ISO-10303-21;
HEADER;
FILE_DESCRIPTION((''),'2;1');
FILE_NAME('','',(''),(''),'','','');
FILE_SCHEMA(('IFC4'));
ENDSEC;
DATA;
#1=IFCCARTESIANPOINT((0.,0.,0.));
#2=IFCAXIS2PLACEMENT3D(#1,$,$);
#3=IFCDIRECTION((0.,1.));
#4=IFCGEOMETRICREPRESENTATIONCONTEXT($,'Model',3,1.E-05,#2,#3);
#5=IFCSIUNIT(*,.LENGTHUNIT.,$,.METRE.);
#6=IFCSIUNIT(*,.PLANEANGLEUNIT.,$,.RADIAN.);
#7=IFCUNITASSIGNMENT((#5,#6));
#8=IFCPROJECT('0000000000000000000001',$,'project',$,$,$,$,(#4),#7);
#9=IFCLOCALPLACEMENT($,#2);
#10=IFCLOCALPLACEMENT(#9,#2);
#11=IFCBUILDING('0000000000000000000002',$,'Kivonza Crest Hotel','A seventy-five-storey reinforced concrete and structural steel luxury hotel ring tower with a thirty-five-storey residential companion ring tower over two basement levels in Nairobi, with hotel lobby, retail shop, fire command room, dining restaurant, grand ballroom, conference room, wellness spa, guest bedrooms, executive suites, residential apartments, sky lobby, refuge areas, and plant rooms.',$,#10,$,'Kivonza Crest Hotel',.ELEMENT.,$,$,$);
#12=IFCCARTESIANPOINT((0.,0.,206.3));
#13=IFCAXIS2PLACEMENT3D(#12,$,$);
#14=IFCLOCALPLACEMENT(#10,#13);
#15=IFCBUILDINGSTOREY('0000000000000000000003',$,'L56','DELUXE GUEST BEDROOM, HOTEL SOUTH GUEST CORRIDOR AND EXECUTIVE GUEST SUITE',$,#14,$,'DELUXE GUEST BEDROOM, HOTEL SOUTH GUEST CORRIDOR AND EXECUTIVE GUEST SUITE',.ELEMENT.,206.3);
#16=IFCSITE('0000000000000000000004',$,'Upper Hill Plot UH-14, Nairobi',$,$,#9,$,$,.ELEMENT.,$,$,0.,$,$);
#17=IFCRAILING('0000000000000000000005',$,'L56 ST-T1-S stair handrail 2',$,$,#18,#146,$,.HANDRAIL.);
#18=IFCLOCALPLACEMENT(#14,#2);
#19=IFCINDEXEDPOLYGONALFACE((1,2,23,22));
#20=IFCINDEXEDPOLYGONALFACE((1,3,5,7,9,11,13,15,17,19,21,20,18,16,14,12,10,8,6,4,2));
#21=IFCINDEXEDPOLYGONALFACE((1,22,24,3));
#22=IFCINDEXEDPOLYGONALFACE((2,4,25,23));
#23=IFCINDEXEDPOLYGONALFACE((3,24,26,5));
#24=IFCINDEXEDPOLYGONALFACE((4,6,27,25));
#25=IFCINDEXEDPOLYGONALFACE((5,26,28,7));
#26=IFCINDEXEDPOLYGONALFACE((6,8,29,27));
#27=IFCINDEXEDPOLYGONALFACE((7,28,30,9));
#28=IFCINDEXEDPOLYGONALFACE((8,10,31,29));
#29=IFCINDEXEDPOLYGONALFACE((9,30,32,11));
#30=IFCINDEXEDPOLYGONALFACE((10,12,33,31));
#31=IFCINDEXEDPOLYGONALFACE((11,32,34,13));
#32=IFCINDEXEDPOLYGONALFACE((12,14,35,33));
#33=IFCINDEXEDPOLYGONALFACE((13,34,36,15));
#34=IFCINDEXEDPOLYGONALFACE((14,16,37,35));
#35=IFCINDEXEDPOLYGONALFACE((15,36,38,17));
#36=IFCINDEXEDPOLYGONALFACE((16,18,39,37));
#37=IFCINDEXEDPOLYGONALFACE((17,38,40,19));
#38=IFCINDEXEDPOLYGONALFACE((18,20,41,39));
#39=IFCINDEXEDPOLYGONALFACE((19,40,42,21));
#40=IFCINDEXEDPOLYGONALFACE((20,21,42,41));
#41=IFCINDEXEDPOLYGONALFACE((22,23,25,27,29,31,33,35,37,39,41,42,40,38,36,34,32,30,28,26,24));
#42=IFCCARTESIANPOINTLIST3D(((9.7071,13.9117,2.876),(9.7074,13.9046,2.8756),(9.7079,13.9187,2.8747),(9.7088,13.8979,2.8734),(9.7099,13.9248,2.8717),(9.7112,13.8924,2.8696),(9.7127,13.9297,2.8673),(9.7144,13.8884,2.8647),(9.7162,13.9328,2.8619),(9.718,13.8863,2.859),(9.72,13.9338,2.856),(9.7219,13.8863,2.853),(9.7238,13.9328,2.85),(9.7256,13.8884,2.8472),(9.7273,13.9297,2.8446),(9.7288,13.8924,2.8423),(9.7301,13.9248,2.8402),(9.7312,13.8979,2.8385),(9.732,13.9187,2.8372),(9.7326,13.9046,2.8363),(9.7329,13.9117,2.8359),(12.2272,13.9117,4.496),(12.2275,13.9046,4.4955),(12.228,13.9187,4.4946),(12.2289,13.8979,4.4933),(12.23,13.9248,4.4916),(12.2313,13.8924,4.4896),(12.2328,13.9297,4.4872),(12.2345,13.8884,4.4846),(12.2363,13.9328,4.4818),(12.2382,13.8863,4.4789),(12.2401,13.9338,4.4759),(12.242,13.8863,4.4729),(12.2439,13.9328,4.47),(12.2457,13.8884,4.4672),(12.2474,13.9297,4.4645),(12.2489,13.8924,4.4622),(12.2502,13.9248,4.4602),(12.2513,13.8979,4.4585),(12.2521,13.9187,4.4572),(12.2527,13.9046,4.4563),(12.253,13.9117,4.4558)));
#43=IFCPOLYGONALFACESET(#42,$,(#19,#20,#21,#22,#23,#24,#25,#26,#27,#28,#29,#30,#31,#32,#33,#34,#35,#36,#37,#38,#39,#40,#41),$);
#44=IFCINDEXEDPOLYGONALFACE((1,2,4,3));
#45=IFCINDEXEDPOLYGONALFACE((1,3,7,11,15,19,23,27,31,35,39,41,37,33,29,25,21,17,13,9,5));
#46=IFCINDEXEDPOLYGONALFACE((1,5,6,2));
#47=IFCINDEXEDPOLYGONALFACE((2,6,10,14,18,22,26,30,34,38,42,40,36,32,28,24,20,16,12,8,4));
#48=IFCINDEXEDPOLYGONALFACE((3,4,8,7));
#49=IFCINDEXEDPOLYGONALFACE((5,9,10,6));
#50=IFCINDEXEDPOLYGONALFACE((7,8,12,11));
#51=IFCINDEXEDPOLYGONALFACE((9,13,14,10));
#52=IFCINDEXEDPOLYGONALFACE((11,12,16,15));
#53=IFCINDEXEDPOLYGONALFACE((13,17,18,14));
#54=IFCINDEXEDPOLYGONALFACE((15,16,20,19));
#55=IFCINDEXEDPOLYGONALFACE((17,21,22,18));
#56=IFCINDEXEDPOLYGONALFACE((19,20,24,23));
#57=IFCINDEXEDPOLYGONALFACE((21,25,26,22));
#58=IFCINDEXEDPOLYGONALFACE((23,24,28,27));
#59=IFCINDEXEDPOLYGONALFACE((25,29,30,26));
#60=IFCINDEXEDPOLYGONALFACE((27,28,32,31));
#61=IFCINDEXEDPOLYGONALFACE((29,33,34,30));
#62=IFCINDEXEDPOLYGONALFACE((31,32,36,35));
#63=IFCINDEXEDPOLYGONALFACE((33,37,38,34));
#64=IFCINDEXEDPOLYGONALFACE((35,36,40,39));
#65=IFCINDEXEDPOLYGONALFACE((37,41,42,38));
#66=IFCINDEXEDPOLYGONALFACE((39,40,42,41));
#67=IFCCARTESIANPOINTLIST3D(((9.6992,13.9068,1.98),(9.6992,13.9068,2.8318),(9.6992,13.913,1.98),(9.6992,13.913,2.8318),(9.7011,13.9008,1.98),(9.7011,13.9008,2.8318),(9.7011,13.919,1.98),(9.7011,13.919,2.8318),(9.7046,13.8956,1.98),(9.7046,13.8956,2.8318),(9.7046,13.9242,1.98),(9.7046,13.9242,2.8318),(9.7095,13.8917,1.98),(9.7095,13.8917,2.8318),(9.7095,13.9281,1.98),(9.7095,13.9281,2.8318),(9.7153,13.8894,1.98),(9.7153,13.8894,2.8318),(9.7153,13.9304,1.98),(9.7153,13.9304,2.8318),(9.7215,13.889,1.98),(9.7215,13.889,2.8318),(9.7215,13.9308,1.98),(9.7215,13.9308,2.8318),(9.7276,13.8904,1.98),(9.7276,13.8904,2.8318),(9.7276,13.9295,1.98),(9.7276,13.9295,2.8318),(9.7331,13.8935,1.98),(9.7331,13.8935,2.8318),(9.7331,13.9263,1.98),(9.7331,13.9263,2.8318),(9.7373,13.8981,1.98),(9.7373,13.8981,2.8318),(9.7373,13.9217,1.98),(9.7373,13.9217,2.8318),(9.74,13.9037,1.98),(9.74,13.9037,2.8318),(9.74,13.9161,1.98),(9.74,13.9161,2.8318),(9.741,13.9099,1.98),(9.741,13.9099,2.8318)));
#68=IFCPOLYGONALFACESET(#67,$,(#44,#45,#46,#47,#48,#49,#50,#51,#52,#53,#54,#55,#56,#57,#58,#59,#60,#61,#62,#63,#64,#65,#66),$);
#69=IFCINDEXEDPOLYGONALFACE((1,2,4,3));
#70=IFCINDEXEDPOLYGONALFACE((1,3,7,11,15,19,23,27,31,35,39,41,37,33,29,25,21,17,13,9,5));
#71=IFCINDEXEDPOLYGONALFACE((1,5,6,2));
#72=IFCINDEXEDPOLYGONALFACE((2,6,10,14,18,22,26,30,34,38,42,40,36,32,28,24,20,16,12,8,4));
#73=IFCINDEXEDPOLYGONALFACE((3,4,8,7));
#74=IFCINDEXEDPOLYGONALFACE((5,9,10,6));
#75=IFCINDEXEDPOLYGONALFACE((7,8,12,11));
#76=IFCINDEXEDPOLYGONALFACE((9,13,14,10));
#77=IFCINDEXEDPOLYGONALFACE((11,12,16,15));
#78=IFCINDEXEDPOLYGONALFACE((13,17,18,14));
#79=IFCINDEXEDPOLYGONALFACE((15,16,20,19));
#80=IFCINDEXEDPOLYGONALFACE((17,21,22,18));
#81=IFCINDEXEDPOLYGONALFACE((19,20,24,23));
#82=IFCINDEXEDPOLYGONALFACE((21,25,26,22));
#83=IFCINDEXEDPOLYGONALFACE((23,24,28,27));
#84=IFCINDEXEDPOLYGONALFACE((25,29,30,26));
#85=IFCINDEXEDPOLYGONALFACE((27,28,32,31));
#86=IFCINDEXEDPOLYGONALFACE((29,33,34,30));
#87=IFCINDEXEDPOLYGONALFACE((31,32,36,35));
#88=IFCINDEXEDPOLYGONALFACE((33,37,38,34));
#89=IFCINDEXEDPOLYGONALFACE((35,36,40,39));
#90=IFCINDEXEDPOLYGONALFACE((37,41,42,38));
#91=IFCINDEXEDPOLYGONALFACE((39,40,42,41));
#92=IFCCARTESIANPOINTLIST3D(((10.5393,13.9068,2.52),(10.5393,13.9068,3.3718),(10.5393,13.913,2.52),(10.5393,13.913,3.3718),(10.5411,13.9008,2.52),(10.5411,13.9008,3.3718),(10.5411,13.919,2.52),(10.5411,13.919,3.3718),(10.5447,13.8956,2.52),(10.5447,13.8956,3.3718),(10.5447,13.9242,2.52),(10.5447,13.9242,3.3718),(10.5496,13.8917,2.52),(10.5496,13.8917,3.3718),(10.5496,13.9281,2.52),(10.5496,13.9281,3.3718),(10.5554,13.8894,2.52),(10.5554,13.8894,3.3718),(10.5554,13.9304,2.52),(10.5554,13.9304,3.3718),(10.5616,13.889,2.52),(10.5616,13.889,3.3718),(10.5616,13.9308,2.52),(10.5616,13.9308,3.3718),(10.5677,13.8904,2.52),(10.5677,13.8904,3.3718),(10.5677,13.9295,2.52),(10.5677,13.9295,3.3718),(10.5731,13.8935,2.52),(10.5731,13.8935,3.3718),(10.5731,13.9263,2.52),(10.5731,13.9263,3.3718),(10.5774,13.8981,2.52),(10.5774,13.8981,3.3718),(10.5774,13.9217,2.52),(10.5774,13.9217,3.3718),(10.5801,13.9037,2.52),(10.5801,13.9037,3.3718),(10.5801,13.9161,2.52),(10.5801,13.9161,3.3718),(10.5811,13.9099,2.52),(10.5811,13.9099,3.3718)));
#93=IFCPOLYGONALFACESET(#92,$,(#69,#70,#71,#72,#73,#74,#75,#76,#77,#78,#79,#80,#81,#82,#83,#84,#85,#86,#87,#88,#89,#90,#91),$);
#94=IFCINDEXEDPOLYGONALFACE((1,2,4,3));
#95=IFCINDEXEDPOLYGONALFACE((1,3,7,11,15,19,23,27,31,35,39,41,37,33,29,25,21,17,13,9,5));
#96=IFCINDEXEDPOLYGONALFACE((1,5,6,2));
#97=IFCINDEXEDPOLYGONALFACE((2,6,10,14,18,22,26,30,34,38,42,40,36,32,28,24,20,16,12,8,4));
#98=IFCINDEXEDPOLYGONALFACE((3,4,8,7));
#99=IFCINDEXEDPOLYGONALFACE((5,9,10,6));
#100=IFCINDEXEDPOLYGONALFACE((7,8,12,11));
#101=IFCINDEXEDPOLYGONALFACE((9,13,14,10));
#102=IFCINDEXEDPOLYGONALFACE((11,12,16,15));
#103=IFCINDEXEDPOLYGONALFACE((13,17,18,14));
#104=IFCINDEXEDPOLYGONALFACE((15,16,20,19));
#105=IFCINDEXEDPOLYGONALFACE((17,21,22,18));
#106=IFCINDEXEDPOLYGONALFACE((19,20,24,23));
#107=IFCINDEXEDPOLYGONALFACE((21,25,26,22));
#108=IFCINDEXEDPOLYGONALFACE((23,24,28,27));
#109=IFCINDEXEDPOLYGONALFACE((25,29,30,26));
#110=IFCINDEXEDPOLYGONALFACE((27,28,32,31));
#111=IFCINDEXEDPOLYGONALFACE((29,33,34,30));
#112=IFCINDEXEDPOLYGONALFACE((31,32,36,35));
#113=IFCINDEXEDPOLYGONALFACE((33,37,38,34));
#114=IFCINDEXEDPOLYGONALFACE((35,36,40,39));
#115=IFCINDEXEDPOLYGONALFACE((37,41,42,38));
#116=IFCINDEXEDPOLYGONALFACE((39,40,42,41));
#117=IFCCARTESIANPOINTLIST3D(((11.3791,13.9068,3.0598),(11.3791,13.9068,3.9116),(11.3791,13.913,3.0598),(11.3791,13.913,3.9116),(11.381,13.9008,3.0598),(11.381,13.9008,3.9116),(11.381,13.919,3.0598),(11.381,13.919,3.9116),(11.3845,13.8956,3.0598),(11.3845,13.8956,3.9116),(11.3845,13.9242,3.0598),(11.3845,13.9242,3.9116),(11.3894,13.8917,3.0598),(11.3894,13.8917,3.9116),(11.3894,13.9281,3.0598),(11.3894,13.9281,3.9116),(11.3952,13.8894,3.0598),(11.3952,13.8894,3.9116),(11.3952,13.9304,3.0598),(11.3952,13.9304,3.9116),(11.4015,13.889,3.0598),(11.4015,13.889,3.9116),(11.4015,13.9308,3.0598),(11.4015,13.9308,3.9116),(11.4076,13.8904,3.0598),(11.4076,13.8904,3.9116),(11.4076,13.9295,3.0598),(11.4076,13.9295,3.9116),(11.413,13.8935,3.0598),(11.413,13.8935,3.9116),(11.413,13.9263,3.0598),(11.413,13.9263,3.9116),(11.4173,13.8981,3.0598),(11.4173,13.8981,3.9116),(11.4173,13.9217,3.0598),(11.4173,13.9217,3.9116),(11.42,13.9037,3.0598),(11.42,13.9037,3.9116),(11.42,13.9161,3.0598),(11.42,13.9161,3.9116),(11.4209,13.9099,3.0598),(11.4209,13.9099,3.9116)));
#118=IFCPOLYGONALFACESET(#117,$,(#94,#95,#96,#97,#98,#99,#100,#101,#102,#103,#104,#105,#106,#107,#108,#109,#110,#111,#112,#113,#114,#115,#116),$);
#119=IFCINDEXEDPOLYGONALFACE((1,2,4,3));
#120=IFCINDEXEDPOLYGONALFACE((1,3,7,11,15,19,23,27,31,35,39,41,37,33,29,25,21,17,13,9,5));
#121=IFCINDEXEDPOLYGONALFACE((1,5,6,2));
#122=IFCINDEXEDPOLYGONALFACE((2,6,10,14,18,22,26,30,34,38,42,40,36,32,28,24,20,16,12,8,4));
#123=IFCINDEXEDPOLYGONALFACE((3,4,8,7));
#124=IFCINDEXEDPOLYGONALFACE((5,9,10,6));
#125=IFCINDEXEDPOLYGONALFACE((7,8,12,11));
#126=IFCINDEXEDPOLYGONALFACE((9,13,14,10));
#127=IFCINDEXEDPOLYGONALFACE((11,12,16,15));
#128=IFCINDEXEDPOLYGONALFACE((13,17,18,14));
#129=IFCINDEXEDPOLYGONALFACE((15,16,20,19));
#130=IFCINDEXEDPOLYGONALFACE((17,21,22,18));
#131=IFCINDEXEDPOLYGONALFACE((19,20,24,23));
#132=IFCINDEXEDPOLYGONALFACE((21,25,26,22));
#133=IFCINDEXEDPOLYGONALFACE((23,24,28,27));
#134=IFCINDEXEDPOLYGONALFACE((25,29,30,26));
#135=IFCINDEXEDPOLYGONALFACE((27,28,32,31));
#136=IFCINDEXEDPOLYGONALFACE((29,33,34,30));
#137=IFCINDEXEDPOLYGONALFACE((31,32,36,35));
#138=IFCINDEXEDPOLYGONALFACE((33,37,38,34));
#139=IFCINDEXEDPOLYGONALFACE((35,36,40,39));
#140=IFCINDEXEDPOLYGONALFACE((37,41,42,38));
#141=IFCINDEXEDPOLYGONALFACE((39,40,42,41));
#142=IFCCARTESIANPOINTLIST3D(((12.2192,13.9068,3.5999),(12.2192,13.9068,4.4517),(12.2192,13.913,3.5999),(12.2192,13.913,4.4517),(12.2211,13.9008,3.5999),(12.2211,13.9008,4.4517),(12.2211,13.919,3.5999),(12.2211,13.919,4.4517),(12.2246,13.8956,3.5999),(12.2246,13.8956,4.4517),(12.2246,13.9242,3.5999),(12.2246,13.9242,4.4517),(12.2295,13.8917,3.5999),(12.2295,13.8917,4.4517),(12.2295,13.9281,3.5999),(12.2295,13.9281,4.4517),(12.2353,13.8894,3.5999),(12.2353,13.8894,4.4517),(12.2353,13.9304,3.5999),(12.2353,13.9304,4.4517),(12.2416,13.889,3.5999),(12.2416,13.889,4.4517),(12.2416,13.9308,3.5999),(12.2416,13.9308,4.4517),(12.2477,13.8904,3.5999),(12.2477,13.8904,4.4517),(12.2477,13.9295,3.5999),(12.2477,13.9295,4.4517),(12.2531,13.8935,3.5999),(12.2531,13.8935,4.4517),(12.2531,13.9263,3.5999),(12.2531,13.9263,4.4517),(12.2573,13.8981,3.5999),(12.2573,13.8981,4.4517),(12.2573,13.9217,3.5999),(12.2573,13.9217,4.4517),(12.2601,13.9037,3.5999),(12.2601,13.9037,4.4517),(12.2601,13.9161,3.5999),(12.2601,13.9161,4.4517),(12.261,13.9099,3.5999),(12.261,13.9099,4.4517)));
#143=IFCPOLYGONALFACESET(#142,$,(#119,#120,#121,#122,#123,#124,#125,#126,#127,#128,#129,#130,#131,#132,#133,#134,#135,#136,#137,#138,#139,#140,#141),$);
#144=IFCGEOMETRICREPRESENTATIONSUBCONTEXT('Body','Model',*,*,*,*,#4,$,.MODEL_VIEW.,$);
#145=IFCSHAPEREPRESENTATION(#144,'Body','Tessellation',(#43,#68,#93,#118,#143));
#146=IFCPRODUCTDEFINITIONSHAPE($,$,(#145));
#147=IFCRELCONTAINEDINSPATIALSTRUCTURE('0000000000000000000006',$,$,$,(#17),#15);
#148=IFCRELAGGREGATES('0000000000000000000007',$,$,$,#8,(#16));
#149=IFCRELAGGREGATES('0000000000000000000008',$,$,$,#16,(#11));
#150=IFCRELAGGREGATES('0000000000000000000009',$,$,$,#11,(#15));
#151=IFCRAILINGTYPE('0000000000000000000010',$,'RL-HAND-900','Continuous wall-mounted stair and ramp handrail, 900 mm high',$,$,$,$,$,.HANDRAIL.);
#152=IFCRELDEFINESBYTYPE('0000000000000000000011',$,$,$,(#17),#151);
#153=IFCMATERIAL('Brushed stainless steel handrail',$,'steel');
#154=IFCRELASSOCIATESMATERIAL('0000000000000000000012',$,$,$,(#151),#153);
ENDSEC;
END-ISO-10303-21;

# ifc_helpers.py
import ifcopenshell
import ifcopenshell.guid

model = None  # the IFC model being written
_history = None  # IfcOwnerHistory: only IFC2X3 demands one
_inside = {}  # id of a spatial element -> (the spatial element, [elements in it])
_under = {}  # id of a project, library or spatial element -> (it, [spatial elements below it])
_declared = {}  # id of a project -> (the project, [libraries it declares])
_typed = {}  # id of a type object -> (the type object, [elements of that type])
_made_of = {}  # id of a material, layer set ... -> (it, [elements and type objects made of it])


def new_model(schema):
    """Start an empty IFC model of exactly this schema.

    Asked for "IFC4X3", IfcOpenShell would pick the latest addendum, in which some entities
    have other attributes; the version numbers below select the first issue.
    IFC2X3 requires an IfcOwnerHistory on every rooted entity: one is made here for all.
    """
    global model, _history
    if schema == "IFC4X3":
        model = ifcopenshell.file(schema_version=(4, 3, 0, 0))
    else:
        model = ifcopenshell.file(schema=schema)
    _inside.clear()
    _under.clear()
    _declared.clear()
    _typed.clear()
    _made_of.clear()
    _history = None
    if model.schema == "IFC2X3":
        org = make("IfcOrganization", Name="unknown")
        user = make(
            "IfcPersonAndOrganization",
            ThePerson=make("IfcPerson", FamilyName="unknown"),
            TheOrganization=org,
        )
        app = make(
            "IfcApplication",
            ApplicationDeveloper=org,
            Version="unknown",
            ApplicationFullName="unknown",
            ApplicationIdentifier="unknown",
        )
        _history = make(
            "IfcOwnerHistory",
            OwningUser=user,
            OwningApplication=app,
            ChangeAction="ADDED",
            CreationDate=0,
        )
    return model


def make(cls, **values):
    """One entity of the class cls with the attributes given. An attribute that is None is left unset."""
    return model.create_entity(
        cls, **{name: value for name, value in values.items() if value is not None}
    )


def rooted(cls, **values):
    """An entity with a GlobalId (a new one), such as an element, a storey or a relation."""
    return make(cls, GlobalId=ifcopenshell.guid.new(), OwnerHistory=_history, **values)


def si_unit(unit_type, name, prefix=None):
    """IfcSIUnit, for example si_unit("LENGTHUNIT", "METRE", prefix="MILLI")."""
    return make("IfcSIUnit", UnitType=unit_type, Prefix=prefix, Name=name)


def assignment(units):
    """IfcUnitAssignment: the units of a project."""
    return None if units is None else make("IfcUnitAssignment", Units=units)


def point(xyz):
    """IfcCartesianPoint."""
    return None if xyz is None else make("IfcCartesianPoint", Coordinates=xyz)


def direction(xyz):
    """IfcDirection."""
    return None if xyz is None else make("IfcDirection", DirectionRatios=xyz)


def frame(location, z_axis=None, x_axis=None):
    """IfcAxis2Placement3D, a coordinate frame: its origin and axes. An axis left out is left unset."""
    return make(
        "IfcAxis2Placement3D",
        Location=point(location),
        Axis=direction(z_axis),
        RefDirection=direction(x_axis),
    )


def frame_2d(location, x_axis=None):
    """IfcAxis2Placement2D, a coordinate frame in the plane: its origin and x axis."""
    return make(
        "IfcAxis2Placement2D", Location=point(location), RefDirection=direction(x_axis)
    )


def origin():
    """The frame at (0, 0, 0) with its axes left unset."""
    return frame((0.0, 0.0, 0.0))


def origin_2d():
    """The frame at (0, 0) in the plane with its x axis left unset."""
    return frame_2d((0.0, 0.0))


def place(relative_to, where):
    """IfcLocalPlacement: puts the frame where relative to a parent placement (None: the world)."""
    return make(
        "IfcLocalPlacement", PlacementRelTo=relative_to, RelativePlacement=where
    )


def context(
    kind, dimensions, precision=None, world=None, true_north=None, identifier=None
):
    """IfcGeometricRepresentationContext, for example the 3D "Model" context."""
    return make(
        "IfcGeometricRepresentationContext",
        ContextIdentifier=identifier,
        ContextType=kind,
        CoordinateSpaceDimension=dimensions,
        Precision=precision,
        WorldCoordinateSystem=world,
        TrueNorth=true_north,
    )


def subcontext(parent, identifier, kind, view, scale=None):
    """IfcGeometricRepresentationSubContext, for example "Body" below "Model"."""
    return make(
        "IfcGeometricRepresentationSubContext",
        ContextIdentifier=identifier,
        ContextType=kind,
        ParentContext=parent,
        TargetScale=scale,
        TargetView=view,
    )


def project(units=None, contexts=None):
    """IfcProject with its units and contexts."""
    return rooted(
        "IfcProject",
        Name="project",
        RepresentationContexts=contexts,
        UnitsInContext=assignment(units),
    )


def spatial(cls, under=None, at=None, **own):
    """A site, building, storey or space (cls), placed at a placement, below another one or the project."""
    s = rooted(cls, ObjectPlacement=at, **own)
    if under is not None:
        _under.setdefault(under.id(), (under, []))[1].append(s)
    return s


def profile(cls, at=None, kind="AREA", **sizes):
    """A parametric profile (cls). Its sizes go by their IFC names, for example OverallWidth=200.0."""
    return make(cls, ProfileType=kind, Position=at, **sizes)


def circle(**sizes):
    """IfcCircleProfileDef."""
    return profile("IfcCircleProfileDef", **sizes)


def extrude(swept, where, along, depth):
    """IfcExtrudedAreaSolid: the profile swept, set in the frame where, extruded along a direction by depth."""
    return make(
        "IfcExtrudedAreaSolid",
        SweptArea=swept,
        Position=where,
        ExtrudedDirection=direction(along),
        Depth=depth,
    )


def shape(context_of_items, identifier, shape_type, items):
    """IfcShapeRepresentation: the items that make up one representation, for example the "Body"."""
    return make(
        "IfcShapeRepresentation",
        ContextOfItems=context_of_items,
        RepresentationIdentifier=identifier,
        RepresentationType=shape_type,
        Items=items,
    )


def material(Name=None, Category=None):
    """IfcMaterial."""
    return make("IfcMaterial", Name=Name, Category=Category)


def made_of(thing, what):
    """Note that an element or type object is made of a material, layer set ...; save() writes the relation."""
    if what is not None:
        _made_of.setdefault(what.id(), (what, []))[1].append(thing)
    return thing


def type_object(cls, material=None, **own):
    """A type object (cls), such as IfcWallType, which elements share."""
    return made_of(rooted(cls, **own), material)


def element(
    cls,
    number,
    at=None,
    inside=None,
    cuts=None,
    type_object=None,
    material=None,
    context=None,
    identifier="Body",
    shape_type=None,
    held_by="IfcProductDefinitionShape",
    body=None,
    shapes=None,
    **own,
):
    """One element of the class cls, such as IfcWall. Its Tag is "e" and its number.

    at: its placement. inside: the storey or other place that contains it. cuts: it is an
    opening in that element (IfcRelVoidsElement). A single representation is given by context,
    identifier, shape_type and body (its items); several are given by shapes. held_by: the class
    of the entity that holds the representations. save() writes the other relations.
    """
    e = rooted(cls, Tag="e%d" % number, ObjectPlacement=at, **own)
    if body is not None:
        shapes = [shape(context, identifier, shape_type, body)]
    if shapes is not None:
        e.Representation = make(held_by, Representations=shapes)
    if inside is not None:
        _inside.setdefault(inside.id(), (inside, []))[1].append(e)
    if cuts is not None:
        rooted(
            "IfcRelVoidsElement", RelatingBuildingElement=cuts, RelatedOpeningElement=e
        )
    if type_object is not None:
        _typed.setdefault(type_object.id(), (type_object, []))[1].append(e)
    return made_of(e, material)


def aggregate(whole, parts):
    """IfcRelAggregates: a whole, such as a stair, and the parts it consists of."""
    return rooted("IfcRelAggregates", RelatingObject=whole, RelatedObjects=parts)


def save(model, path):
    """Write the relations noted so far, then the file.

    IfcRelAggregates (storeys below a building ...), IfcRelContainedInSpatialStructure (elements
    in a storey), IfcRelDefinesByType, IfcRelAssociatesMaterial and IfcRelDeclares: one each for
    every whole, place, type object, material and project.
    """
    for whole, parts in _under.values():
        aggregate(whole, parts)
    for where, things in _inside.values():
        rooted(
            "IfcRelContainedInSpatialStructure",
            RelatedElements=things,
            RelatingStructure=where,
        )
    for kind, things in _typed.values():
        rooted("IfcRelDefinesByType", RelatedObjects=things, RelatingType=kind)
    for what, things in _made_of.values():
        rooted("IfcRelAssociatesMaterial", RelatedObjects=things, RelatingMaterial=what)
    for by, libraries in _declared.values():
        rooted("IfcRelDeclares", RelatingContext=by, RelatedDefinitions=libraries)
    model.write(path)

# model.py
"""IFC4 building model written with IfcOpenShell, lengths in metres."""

from ifc_helpers import new_model, si_unit, direction, frame, origin, origin_2d, place, context, subcontext, project, spatial, circle, extrude, material, type_object, element, save


model = new_model("IFC4")

# Units and contexts
model_context = context("Model", 3, precision=1e-05, world=origin(), true_north=direction((0.0, 1.0)))
body_context = subcontext(model_context, "Body", "Model", "MODEL_VIEW")
ifc_project = project(units=[si_unit("LENGTHUNIT", "METRE"), si_unit("PLANEANGLEUNIT", "RADIAN")], contexts=[model_context])

# Site, building, storey
site_placement = place(None, origin())
site = spatial("IfcSite", under=ifc_project, at=site_placement, Name="Upper Hill Plot UH-14, Nairobi", CompositionType="ELEMENT", RefElevation=0.0)
building_placement = place(site_placement, origin())
building = spatial("IfcBuilding", under=site, at=building_placement, Name="Kivonza Crest Hotel", Description="A seventy-five-storey reinforced concrete and structural steel luxury hotel ring tower with a thirty-five-storey residential companion ring tower over two basement levels in Nairobi, with hotel lobby, retail shop, fire command room, dining restaurant, grand ballroom, conference room, wellness spa, guest bedrooms, executive suites, residential apartments, sky lobby, refuge areas, and plant rooms.", LongName="Kivonza Crest Hotel", CompositionType="ELEMENT")
storey_placement = place(building_placement, frame((0.0, 0.0, 206.3)))
storey = spatial("IfcBuildingStorey", under=building, at=storey_placement, Name="L56", Description="DELUXE GUEST BEDROOM, HOTEL SOUTH GUEST CORRIDOR AND EXECUTIVE GUEST SUITE", LongName="DELUXE GUEST BEDROOM, HOTEL SOUTH GUEST CORRIDOR AND EXECUTIVE GUEST SUITE", CompositionType="ELEMENT", Elevation=206.3)

# Railing
ifc_material_1 = material(Name="Brushed stainless steel handrail", Category="steel")
railing_type_1 = type_object("IfcRailingType", Name="RL-HAND-900", Description="Continuous wall-mounted stair and ramp handrail, 900 mm high", PredefinedType="HANDRAIL", material=ifc_material_1)
railing_1_placement = place(storey_placement, frame((9.72, 13.9099, 1.98)))
element("IfcRailing", 1, at=railing_1_placement, inside=storey, type_object=railing_type_1, Name="L56 ST-T1-S stair handrail 2", PredefinedType="HANDRAIL", context=body_context, shape_type="SweptSolid", body=[
    extrude(circle(Radius=0.0239, at=origin_2d()), frame((0.0, 0.0, 0.876), z_axis=(0.8412, 0.0, 0.540725), x_axis=(0.0, 1.0, 0.0)), (0.0, 0.0, 1.0), 2.9958),
    extrude(circle(Radius=0.021, at=origin_2d()), origin(), (0.0, 0.0, 1.0), 0.8518),
    extrude(circle(Radius=0.021, at=origin_2d()), frame((0.8401, 0.0, 0.54)), (0.0, 0.0, 1.0), 0.8518),
    extrude(circle(Radius=0.021, at=origin_2d()), frame((1.6799, 0.0, 1.0798)), (0.0, 0.0, 1.0), 0.8518),
    extrude(circle(Radius=0.021, at=origin_2d()), frame((2.52, 0.0, 1.6199)), (0.0, 0.0, 1.0), 0.8518),
])

save(model, "model.ifc")
